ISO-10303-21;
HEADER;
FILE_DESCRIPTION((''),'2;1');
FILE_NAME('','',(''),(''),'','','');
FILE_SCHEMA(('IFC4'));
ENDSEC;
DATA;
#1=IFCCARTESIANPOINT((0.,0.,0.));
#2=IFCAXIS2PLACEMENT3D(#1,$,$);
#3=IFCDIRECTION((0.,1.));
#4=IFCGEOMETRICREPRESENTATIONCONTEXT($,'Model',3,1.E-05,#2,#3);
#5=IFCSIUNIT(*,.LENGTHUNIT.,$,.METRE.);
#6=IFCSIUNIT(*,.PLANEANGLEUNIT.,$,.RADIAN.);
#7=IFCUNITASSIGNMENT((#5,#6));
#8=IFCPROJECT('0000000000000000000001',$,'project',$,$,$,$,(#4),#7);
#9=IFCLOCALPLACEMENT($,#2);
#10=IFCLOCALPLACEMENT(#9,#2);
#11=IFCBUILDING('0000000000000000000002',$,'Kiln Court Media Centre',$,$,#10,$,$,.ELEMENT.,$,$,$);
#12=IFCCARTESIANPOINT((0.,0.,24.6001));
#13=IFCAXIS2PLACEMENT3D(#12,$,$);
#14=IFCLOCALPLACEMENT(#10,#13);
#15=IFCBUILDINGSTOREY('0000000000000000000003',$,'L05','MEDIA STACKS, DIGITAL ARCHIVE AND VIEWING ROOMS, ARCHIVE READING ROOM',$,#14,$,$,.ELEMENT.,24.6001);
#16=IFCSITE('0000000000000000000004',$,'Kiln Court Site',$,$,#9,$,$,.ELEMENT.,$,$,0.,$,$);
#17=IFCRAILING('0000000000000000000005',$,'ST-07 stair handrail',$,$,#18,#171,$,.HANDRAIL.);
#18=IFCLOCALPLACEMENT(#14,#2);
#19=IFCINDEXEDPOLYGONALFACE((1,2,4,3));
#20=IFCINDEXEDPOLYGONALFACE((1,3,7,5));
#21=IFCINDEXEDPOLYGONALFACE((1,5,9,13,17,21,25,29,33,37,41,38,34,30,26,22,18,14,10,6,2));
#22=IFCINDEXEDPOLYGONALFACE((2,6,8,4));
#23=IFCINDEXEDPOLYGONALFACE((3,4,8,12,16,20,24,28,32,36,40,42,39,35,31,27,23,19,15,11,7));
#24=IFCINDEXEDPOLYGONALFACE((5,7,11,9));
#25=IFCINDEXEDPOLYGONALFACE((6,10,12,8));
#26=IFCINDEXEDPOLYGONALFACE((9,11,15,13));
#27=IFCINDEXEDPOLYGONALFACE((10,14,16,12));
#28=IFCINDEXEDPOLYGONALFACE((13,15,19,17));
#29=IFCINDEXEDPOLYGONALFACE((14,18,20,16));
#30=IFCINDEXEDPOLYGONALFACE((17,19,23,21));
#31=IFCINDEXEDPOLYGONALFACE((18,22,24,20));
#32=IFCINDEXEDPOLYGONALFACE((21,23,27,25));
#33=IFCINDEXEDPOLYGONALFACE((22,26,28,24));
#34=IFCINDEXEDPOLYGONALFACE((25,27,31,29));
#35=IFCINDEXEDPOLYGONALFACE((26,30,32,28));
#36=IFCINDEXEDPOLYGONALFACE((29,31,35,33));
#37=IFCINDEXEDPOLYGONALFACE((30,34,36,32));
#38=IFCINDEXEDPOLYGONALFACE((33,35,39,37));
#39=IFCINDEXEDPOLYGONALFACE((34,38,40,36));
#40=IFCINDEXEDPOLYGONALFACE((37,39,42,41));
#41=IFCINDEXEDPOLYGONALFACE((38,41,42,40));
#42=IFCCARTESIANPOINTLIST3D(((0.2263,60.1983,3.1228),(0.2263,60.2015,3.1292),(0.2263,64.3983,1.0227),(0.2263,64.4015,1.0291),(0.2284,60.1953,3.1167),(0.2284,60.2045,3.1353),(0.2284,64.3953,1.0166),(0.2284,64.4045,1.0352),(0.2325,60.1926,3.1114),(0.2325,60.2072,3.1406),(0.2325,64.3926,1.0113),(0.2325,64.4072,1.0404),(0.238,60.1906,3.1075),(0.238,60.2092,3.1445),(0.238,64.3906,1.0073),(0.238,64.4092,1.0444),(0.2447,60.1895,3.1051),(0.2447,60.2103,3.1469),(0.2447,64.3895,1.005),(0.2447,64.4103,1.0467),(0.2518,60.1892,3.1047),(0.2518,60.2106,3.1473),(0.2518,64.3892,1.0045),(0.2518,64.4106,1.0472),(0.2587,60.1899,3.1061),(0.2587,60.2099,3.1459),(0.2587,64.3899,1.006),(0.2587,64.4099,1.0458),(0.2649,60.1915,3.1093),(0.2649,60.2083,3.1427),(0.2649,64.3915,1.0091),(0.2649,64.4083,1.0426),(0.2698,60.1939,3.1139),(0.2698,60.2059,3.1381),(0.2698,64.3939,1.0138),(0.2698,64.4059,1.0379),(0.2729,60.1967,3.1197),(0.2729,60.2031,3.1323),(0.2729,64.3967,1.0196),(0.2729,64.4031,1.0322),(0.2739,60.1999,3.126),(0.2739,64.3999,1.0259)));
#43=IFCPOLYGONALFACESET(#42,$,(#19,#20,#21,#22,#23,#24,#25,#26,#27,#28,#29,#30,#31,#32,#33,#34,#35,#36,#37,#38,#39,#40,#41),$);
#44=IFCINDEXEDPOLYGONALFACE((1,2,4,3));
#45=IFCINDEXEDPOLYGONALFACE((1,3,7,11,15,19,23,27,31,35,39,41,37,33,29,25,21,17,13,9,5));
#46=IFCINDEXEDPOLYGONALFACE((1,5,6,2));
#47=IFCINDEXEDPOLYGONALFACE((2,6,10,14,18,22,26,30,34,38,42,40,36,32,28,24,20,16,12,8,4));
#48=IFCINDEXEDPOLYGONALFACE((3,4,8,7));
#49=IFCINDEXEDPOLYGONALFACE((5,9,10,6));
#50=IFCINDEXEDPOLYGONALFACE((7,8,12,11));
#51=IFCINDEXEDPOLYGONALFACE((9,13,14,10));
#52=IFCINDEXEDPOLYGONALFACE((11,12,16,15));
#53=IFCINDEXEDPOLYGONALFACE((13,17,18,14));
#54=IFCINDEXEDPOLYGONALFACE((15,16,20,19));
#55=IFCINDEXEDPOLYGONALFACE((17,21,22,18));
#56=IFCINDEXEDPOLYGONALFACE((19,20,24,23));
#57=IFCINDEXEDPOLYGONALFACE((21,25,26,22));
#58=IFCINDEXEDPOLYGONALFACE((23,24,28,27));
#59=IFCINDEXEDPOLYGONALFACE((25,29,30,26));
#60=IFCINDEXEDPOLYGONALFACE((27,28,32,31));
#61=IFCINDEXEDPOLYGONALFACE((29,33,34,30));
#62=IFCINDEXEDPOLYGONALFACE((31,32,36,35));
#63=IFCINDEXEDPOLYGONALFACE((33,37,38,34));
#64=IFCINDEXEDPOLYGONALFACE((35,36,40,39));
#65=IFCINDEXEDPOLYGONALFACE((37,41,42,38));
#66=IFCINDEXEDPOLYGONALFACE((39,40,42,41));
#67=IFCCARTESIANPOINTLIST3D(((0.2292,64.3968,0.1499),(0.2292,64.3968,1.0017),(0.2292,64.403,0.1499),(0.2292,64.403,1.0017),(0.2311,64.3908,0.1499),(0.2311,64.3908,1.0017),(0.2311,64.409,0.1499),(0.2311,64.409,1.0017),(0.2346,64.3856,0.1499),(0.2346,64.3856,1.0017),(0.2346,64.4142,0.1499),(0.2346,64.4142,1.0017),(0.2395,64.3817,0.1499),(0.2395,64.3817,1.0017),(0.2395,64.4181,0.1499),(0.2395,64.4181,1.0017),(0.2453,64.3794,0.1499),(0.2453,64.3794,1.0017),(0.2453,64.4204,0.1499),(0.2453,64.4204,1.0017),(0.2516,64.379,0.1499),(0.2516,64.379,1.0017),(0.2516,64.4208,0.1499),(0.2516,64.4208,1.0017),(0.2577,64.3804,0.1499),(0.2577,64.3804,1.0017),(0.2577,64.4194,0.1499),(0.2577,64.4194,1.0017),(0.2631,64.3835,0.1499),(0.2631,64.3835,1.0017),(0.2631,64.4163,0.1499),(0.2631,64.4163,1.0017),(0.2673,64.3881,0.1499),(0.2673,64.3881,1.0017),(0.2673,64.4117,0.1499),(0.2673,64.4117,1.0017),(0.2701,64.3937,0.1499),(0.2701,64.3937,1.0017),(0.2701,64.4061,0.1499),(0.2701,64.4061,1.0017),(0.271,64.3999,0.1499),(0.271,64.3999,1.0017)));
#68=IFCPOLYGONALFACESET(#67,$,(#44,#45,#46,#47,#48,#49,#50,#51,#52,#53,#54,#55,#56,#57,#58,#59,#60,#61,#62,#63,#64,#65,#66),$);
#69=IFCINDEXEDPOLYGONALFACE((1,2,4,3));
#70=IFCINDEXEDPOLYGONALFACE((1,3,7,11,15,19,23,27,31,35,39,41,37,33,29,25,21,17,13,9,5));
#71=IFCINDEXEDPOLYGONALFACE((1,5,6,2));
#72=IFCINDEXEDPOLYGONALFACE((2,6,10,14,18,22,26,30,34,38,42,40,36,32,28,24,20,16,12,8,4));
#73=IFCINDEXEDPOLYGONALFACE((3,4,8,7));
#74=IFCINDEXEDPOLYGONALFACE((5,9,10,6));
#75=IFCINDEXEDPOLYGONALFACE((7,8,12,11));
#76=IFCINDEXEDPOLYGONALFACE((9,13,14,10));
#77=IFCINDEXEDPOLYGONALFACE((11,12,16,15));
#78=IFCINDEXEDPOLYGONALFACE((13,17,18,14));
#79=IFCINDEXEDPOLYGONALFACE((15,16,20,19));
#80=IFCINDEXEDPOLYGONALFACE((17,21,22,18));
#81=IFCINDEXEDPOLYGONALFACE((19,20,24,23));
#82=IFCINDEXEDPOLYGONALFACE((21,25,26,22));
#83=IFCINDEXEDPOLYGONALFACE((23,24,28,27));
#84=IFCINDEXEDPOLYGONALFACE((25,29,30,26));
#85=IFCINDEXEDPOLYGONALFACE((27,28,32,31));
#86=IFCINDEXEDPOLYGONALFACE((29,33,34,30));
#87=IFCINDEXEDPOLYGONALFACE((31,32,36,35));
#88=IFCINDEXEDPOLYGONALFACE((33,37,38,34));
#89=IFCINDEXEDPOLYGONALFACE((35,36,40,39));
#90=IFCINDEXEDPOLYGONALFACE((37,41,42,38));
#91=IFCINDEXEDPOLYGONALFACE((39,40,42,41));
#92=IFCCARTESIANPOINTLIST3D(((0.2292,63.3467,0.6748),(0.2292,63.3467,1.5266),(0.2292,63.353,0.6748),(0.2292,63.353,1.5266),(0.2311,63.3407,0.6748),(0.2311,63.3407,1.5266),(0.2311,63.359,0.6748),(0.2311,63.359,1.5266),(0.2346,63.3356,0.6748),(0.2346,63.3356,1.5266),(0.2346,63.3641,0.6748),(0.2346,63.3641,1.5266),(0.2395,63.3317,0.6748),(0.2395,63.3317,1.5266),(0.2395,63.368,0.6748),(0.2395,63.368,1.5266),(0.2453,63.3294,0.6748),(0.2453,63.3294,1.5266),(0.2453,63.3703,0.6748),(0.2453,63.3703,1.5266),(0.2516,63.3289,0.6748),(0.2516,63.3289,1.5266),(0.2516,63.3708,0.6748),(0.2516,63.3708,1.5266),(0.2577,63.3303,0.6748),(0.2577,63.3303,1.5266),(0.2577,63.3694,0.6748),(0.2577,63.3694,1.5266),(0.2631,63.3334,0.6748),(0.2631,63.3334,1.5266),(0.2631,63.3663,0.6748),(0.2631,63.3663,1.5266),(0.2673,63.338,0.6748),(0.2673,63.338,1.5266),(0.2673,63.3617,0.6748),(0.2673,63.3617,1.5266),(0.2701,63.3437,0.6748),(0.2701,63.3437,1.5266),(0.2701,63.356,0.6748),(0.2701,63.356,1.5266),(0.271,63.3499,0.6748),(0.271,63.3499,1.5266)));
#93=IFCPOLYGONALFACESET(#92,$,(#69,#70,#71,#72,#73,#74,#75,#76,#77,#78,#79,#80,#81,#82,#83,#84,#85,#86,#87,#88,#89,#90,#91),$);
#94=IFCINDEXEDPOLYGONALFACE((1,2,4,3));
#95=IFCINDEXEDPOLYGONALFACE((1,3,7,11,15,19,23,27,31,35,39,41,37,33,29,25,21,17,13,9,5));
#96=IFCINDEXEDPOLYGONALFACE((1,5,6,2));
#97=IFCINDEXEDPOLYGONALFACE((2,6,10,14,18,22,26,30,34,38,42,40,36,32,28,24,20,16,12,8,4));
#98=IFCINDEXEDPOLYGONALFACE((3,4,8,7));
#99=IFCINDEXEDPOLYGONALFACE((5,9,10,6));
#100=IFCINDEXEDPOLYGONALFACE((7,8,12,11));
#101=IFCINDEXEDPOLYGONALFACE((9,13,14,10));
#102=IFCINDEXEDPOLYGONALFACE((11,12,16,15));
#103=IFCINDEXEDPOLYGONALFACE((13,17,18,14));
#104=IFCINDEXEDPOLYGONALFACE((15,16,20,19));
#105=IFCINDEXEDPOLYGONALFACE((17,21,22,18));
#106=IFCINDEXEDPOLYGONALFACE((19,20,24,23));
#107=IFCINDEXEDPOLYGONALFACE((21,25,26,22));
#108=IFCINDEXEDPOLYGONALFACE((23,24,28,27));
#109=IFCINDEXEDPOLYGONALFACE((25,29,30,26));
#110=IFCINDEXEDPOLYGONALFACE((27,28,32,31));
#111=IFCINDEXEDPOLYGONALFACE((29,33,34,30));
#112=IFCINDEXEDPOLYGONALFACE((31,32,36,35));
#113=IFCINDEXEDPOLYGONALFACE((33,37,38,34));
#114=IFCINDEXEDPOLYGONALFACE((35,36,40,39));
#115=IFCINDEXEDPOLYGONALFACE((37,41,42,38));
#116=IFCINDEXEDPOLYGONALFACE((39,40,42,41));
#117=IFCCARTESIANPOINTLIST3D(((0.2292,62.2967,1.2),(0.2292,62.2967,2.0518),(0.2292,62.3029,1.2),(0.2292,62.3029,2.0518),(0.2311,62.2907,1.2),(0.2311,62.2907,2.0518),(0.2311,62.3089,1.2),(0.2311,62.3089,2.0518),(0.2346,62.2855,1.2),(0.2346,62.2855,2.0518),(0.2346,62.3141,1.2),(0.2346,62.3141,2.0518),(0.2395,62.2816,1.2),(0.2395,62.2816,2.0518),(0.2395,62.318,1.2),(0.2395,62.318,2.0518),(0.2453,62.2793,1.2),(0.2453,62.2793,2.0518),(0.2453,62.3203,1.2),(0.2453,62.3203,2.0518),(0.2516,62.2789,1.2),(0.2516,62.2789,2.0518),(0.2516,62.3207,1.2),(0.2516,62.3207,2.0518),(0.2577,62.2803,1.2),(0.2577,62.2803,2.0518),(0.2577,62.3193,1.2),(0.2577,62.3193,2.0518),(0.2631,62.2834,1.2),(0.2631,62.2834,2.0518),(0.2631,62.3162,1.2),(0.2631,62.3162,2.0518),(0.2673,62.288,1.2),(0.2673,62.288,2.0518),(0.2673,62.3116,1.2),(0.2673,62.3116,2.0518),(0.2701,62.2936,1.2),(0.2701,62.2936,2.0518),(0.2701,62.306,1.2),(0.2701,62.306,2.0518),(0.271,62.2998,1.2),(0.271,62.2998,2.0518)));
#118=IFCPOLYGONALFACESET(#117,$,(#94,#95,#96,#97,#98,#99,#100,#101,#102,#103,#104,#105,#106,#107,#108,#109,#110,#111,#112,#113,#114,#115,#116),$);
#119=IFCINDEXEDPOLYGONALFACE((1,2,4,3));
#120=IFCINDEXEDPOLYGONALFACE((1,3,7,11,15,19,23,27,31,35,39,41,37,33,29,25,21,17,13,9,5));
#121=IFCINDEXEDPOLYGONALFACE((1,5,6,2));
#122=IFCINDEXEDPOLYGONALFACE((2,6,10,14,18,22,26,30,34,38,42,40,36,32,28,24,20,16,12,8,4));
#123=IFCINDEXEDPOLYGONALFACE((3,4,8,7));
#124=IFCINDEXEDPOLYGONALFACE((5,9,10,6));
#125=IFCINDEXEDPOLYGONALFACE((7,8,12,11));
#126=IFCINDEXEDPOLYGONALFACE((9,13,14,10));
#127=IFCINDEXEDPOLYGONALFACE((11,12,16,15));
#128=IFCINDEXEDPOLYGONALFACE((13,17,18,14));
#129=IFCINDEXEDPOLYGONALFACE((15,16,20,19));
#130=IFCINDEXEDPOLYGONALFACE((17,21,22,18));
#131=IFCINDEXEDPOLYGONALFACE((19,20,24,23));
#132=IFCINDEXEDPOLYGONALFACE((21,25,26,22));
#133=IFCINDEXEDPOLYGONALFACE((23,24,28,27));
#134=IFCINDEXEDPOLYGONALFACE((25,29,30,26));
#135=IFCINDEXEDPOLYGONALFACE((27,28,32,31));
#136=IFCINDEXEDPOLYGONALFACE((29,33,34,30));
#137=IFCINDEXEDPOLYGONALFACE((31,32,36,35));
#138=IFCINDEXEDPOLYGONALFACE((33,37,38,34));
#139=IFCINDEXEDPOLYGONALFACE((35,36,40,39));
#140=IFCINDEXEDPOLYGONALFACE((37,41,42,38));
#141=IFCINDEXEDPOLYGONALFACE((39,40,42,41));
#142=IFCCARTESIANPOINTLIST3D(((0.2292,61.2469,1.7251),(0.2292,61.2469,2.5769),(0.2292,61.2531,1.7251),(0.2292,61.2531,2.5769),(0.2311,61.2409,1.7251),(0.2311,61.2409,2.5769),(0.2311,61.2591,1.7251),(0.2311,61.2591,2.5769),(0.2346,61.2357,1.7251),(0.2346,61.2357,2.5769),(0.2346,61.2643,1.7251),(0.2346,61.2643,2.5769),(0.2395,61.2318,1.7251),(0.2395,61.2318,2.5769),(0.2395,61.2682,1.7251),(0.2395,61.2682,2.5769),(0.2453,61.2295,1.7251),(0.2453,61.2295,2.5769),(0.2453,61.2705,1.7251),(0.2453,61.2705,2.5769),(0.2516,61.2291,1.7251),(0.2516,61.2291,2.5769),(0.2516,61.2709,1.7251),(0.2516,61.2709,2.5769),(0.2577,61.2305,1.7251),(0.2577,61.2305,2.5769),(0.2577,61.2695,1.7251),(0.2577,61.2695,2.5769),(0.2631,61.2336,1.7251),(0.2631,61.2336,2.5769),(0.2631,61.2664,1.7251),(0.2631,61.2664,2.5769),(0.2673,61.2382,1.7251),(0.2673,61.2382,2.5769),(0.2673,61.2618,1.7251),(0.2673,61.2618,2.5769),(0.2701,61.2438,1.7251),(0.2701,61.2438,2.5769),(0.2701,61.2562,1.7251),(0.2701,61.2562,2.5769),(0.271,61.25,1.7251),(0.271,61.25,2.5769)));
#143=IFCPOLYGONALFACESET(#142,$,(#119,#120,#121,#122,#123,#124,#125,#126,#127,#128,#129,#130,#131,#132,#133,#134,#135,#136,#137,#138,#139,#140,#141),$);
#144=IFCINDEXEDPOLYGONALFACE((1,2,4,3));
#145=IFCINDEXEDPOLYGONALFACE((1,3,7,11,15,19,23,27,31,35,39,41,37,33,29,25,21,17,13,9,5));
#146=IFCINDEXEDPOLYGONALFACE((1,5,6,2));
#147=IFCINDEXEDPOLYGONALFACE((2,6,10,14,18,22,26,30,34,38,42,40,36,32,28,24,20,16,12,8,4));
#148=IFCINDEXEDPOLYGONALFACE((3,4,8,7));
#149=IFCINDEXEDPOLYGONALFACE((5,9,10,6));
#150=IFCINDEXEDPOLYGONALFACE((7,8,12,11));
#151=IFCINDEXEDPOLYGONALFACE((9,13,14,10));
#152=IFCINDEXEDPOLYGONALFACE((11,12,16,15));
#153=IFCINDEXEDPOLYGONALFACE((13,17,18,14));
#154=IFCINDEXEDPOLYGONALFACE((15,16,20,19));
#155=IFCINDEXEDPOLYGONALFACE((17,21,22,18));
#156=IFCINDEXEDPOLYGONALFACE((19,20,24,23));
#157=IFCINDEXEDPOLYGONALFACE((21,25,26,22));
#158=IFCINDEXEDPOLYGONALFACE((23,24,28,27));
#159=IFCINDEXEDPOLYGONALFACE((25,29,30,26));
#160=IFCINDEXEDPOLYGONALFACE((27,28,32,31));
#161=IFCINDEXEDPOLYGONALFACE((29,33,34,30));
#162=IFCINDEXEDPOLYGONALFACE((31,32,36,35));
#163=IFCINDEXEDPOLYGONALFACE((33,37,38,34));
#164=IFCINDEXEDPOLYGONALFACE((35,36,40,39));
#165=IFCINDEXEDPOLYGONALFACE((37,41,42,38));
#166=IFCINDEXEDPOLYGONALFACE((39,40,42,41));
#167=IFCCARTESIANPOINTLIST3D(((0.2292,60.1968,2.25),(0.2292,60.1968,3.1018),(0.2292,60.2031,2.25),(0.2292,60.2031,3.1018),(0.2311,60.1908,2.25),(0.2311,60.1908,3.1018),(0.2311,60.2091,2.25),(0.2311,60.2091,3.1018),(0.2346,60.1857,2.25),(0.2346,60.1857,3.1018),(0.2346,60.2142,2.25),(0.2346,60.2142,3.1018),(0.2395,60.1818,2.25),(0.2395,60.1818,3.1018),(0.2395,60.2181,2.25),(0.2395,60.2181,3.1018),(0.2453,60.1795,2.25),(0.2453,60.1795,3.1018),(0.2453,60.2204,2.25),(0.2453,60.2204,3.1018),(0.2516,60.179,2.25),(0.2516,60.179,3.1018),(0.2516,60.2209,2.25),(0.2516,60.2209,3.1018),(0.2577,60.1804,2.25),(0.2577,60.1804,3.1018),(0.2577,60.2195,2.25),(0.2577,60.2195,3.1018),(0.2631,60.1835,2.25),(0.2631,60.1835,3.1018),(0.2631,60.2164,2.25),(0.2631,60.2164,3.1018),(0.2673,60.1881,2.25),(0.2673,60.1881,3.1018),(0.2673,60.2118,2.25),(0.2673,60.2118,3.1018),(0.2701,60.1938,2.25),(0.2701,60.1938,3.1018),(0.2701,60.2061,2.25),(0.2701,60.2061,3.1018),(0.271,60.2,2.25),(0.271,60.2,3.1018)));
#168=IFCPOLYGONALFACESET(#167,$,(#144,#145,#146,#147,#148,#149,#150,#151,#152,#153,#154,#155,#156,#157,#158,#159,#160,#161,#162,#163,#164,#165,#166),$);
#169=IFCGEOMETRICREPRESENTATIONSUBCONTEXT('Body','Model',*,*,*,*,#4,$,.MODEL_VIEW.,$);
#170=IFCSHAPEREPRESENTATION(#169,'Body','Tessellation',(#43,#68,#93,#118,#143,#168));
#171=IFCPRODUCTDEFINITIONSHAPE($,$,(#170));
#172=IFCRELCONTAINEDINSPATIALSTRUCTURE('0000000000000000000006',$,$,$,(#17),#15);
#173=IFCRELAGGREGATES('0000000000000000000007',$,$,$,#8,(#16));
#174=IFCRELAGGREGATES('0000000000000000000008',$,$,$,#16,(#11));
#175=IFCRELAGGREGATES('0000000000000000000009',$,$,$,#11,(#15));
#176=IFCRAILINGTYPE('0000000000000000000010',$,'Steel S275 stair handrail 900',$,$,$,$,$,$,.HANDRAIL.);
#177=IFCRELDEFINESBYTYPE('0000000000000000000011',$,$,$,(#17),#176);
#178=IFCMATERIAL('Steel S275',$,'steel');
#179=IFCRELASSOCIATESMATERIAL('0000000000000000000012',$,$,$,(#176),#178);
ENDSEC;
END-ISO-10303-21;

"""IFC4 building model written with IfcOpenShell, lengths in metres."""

from ifc_helpers import new_model, si_unit, direction, frame, origin, origin_2d, place, context, subcontext, project, spatial, circle, extrude, material, type_object, element, save


model = new_model("IFC4")

# Units and contexts
model_context = context("Model", 3, precision=1e-05, world=origin(), true_north=direction((0.0, 1.0)))
body_context = subcontext(model_context, "Body", "Model", "MODEL_VIEW")
ifc_project = project(units=[si_unit("LENGTHUNIT", "METRE"), si_unit("PLANEANGLEUNIT", "RADIAN")], contexts=[model_context])

# Site, building, storey
site_placement = place(None, origin())
site = spatial("IfcSite", under=ifc_project, at=site_placement, Name="Kiln Court Site", CompositionType="ELEMENT", RefElevation=0.0)
building_placement = place(site_placement, origin())
building = spatial("IfcBuilding", under=site, at=building_placement, Name="Kiln Court Media Centre", CompositionType="ELEMENT")
storey_placement = place(building_placement, frame((0.0, 0.0, 24.6001)))
storey = spatial("IfcBuildingStorey", under=building, at=storey_placement, Name="L05", Description="MEDIA STACKS, DIGITAL ARCHIVE AND VIEWING ROOMS, ARCHIVE READING ROOM", CompositionType="ELEMENT", Elevation=24.6001)

# Railing
ifc_material_1 = material(Name="Steel S275", Category="steel")
railing_type_1 = type_object("IfcRailingType", Name="Steel S275 stair handrail 900", PredefinedType="HANDRAIL", material=ifc_material_1)
railing_1_placement = place(storey_placement, frame((0.25, 64.3999, 0.1499)))
element("IfcRailing", 1, at=railing_1_placement, inside=storey, type_object=railing_type_1, Name="ST-07 stair handrail", PredefinedType="HANDRAIL", context=body_context, shape_type="SweptSolid", body=[
    extrude(circle(Radius=0.0239, at=origin_2d()), frame((0.0, 0.0, 0.876), z_axis=(0.0, -0.894417, 0.447234), x_axis=(1.0, 0.0, 0.0)), (0.0, 0.0, 1.0), 4.6958),
    extrude(circle(Radius=0.021, at=origin_2d()), origin(), (0.0, 0.0, 1.0), 0.8518),
    extrude(circle(Radius=0.021, at=origin_2d()), frame((0.0, -1.05, 0.5249)), (0.0, 0.0, 1.0), 0.8518),
    extrude(circle(Radius=0.021, at=origin_2d()), frame((0.0, -2.1001, 1.05)), (0.0, 0.0, 1.0), 0.8518),
    extrude(circle(Radius=0.021, at=origin_2d()), frame((0.0, -3.1499, 1.5752)), (0.0, 0.0, 1.0), 0.8518),
    extrude(circle(Radius=0.021, at=origin_2d()), frame((0.0, -4.2, 2.1001)), (0.0, 0.0, 1.0), 0.8518),
])

save(model, "model.ifc")
